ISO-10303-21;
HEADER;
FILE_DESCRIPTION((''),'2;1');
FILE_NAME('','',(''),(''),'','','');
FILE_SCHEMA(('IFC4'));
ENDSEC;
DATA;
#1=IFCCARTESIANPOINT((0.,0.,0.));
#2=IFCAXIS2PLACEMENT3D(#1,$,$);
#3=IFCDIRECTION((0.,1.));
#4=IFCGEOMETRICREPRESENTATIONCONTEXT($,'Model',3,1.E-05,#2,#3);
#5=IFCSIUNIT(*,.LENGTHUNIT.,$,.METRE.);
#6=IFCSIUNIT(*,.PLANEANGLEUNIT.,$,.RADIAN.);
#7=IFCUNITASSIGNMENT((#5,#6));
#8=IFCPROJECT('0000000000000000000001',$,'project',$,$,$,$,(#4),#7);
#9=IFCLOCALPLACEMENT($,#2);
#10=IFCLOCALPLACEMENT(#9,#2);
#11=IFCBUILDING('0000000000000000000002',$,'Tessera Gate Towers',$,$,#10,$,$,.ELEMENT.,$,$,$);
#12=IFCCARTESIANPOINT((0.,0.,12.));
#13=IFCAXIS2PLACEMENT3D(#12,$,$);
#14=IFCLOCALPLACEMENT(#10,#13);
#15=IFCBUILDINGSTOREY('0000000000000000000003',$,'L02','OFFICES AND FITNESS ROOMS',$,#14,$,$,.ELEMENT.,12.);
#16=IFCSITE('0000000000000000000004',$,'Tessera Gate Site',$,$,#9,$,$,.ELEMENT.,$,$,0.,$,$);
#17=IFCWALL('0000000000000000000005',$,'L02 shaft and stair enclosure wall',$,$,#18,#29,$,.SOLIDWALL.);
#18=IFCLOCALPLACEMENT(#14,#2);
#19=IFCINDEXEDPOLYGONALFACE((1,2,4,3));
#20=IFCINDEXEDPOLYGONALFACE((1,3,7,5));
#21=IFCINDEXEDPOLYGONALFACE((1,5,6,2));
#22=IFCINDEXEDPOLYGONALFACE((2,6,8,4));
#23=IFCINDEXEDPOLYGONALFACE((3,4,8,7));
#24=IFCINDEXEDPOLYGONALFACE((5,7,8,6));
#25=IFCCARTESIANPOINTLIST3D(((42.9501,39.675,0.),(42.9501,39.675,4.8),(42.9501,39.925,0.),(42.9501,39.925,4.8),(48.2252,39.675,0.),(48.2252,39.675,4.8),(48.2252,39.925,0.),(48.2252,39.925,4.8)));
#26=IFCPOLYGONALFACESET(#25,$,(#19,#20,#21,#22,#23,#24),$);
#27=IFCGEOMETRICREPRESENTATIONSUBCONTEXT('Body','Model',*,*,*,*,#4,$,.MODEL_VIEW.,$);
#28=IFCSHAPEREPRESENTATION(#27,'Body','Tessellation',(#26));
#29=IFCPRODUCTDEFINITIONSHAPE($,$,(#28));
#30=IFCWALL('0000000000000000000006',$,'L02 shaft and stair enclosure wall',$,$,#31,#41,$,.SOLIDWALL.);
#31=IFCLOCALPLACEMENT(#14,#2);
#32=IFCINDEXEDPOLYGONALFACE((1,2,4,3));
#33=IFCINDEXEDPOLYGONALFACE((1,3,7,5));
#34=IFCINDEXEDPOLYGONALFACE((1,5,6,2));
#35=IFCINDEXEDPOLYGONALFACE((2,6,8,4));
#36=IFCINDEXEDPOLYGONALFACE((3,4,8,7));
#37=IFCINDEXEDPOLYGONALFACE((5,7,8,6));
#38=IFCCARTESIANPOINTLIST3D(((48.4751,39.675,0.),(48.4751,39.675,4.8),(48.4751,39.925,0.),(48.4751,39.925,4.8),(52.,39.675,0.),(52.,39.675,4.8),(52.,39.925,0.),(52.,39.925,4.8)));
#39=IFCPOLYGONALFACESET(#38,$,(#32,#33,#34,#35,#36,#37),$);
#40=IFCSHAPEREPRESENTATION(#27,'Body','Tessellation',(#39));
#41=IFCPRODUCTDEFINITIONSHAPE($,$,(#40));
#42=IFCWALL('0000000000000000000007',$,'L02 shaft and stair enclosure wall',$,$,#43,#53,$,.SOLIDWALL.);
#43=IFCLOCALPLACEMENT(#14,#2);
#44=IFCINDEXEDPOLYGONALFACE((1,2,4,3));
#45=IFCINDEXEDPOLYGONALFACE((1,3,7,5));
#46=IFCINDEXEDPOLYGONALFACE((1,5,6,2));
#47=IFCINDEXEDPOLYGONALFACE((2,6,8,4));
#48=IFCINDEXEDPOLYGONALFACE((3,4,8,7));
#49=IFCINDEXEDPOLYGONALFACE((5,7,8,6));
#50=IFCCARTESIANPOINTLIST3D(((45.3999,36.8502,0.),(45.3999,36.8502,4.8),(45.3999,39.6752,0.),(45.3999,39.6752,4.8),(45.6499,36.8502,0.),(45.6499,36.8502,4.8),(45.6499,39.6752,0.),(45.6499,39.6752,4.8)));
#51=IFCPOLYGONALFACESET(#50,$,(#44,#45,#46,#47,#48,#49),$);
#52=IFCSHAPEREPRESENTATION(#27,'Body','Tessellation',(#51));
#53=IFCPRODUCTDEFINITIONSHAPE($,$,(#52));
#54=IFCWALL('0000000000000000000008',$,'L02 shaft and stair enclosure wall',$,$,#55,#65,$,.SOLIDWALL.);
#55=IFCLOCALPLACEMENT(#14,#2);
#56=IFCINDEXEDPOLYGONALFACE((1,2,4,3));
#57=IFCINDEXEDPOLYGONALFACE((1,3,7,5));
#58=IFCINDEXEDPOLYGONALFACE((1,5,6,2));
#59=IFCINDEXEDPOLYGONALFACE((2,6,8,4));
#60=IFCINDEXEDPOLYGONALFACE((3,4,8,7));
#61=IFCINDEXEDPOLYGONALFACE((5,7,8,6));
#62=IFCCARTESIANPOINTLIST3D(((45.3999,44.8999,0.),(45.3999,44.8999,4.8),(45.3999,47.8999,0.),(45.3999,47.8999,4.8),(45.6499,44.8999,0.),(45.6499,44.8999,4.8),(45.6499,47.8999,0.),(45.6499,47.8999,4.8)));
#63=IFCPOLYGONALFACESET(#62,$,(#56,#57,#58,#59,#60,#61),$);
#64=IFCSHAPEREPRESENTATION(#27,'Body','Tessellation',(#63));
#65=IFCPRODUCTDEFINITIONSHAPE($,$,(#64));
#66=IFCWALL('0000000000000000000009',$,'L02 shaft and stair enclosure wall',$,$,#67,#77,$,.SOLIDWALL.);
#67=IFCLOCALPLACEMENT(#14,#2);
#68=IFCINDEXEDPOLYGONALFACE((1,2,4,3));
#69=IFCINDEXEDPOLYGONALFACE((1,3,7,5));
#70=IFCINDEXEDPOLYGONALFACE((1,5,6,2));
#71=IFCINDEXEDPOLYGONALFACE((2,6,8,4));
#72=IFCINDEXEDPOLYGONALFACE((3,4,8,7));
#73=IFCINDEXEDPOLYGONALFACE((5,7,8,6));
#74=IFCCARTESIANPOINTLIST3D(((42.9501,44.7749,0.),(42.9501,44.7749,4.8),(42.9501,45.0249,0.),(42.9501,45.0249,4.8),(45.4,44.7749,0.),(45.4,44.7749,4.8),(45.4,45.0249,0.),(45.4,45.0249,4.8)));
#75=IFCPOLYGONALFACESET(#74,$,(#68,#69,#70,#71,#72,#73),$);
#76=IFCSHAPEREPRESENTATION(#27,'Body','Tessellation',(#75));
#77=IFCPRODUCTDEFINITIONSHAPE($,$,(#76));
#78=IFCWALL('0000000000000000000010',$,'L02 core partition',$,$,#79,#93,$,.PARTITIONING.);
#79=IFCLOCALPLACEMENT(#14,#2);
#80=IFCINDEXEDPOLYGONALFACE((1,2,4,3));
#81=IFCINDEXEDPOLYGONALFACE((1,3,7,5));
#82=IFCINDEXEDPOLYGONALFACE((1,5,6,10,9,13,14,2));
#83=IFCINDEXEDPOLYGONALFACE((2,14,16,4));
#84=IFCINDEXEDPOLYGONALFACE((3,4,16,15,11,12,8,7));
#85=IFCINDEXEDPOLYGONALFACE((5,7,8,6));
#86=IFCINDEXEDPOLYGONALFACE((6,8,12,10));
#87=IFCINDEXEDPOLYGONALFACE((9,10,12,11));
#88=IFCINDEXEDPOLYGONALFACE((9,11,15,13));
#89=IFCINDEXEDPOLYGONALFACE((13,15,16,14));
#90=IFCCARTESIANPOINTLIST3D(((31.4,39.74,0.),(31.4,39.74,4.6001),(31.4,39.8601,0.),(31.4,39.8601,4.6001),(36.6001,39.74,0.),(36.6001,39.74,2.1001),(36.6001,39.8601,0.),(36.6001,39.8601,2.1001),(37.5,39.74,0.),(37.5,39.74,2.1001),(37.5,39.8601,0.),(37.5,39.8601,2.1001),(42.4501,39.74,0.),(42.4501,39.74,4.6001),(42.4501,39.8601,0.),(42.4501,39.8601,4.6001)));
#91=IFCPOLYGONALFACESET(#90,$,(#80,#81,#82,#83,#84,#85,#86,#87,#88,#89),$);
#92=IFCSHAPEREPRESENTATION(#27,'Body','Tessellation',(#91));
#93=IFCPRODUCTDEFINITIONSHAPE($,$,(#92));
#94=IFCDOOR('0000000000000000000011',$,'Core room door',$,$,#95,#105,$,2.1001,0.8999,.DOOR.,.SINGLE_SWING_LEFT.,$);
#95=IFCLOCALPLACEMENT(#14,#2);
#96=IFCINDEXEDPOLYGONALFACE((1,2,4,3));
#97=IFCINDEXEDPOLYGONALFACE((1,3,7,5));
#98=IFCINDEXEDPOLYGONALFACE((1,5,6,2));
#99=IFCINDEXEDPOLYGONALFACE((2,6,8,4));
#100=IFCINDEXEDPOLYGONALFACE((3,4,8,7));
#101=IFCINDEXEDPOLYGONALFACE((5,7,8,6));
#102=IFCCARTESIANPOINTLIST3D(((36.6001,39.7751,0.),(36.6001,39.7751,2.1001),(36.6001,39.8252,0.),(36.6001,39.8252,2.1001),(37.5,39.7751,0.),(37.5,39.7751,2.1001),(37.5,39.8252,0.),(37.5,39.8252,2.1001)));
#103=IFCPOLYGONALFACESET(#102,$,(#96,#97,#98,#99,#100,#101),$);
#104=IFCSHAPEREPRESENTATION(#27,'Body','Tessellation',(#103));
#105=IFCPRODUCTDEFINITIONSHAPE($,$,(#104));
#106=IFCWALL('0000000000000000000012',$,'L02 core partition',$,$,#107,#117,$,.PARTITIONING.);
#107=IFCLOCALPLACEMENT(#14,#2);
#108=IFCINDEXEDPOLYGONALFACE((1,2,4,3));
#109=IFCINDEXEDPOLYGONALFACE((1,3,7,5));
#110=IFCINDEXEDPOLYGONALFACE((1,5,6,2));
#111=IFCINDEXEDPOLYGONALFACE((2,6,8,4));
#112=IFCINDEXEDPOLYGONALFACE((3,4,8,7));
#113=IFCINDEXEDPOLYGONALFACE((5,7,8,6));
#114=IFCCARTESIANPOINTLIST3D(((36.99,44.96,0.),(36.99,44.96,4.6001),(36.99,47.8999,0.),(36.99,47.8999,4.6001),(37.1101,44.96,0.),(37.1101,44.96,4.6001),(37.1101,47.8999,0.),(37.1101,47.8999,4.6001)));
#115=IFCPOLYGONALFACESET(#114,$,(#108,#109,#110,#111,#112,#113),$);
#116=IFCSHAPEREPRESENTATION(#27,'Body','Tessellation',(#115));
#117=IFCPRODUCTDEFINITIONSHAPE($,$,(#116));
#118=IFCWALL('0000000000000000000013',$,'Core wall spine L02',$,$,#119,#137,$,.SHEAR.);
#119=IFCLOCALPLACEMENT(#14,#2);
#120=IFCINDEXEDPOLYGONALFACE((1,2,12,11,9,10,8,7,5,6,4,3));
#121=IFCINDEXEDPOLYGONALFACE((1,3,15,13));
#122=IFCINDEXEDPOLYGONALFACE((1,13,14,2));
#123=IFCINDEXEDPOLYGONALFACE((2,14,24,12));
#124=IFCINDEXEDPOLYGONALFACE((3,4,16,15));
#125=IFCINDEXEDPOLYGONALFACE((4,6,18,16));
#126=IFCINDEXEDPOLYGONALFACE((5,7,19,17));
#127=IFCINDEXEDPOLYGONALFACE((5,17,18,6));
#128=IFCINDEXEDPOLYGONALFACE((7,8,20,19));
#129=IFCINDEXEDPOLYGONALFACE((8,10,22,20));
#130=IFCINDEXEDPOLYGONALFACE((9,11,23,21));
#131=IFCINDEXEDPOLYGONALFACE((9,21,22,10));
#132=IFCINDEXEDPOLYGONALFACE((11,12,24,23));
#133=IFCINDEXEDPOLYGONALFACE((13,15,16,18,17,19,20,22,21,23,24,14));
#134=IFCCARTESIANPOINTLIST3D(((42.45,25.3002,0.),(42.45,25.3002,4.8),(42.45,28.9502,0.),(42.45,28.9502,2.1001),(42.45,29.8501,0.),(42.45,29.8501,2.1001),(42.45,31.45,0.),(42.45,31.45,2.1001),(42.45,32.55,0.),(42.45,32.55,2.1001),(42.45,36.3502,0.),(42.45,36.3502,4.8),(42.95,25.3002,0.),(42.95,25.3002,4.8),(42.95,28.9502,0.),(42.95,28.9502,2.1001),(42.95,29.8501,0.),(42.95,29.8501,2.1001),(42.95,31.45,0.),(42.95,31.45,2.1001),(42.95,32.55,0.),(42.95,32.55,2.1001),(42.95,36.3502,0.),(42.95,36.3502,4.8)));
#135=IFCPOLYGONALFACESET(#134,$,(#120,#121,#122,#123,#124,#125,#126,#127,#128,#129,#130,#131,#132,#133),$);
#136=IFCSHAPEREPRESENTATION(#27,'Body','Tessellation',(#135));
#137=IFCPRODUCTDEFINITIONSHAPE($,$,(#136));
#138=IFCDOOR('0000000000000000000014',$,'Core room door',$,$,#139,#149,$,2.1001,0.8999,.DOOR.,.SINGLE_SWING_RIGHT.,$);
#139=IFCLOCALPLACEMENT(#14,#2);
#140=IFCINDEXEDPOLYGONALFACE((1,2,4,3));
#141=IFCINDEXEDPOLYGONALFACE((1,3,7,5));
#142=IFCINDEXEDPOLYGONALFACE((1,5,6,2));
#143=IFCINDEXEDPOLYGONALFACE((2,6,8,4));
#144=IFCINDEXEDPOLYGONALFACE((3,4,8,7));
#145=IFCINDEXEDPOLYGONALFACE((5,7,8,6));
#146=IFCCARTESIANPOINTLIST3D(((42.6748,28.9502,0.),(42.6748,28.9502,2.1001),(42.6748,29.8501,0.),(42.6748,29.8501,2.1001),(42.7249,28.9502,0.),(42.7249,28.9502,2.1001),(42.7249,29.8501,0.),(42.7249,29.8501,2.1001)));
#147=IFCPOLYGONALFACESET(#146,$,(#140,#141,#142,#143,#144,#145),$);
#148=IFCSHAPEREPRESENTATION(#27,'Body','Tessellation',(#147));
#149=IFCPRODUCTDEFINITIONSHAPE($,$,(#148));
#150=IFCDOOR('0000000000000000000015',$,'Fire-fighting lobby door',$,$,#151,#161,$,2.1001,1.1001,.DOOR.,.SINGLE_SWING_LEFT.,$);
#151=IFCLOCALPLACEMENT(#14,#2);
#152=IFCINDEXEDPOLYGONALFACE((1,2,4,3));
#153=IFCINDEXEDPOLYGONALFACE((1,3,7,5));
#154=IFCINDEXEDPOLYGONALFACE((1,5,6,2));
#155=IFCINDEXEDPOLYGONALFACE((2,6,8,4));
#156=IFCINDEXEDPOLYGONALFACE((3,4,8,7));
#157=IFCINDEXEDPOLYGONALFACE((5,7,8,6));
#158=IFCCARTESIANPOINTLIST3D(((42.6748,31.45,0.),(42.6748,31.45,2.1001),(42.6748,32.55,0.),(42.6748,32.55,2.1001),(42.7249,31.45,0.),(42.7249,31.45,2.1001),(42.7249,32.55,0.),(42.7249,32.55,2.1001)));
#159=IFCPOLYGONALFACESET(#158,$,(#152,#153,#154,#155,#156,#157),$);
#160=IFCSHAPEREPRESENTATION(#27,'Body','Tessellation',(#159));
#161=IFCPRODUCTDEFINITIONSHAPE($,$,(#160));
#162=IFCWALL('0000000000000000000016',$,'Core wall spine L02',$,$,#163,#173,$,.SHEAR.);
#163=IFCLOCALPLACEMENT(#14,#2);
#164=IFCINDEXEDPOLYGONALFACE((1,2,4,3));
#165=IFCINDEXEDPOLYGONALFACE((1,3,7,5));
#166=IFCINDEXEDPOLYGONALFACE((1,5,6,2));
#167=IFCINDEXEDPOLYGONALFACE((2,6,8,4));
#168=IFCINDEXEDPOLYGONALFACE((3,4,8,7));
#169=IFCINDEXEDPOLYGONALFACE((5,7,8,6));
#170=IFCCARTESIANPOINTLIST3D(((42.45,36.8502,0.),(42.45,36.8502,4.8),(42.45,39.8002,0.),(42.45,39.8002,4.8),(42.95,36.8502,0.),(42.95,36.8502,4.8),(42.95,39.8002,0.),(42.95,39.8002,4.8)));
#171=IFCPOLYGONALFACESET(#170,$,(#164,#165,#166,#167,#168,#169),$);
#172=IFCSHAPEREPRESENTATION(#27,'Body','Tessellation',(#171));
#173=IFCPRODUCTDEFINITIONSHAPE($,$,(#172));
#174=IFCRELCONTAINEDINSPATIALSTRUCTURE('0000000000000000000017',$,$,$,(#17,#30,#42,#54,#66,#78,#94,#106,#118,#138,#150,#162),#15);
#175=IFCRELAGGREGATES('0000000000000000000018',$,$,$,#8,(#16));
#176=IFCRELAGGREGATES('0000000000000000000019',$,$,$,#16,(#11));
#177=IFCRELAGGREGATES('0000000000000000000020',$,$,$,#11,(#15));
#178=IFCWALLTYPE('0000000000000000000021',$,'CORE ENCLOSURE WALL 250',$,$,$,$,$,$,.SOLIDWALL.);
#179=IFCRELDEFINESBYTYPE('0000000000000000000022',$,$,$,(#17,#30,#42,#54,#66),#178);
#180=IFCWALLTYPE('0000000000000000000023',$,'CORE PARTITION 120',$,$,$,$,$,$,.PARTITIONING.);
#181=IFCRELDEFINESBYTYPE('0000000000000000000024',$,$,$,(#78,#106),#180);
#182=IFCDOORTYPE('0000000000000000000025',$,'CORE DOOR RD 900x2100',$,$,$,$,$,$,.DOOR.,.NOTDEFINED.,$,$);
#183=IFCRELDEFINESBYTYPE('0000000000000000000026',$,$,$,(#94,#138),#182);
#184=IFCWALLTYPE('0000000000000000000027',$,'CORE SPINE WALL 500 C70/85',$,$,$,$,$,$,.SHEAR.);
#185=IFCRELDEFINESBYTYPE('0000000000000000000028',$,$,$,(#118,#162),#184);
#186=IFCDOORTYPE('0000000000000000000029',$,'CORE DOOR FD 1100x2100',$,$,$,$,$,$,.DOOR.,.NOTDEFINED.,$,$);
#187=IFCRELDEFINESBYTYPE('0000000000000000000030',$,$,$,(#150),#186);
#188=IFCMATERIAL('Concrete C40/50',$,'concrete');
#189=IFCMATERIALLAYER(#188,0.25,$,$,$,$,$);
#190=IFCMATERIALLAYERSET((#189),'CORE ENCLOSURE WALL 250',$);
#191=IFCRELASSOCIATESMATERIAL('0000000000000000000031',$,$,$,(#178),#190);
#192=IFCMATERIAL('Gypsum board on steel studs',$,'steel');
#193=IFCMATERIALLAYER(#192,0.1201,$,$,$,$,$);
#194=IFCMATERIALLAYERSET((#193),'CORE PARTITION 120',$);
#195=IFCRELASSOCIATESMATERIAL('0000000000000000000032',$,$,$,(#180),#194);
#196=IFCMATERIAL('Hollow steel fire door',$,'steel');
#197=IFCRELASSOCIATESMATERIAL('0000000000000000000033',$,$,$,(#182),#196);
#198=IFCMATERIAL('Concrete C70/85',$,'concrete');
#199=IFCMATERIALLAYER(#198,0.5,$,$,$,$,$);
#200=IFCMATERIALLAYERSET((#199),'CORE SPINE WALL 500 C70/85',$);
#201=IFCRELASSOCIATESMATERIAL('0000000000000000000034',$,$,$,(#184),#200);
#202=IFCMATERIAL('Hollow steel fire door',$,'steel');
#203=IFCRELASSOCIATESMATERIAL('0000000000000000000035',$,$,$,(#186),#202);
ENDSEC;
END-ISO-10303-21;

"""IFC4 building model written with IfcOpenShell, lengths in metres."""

from ifc_helpers import new_model, si_unit, direction, frame, frame_2d, origin, place, context, subcontext, project, spatial, rectangle, extrude, source, transform, mapped, material, layer, layer_set, type_object, element, fill, save


model = new_model("IFC4")

# Units and contexts
model_context = context("Model", 3, precision=1e-05, world=origin(), true_north=direction((0.0, 1.0)))
body_context = subcontext(model_context, "Body", "Model", "MODEL_VIEW")
ifc_project = project(units=[si_unit("LENGTHUNIT", "METRE"), si_unit("PLANEANGLEUNIT", "RADIAN")], contexts=[model_context])

# Site, building, storey
site_placement = place(None, origin())
site = spatial("IfcSite", under=ifc_project, at=site_placement, Name="Tessera Gate Site", CompositionType="ELEMENT", RefElevation=0.0)
building_placement = place(site_placement, origin())
building = spatial("IfcBuilding", under=site, at=building_placement, Name="Tessera Gate Towers", CompositionType="ELEMENT")
storey_placement = place(building_placement, frame((0.0, 0.0, 12.0)))
storey = spatial("IfcBuildingStorey", under=building, at=storey_placement, Name="L02", Description="OFFICES AND FITNESS ROOMS", CompositionType="ELEMENT", Elevation=12.0)

# Shared definitions
ifc_material_1 = material(Name="Concrete C40/50", Category="concrete")
ifc_layer_1 = layer(ifc_material_1, 0.25)
ifc_layer_set_1 = layer_set([ifc_layer_1], Name="CORE ENCLOSURE WALL 250")
wall_type_1 = type_object("IfcWallType", Name="CORE ENCLOSURE WALL 250", PredefinedType="SOLIDWALL", material=ifc_layer_set_1)

# Walls
wall_1_placement = place(storey_placement, frame((42.95, 39.8, 0.0), z_axis=(0.0, 0.0, 1.0), x_axis=(1.0, 0.0, 0.0)))
element("IfcWall", 1, at=wall_1_placement, inside=storey, type_object=wall_type_1, Name="L02 shaft and stair enclosure wall", PredefinedType="SOLIDWALL", context=body_context, shape_type="SweptSolid", body=[
    extrude(rectangle(XDim=5.2751, YDim=0.25, at=frame_2d((2.6377, 0.0))), origin(), (0.0, 0.0, 1.0), 4.8),
])
wall_2_placement = place(storey_placement, frame((48.4751, 39.8, 0.0), z_axis=(0.0, 0.0, 1.0), x_axis=(1.0, 0.0, 0.0)))
element("IfcWall", 2, at=wall_2_placement, inside=storey, type_object=wall_type_1, Name="L02 shaft and stair enclosure wall", PredefinedType="SOLIDWALL", context=body_context, shape_type="SweptSolid", body=[
    extrude(rectangle(XDim=3.5249, YDim=0.25, at=frame_2d((1.7625, 0.0))), origin(), (0.0, 0.0, 1.0), 4.8),
])
wall_3_placement = place(storey_placement, frame((45.5249, 36.8501, 0.0), z_axis=(0.0, 0.0, 1.0), x_axis=(0.0, 1.0, 0.0)))
element("IfcWall", 3, at=wall_3_placement, inside=storey, type_object=wall_type_1, Name="L02 shaft and stair enclosure wall", PredefinedType="SOLIDWALL", context=body_context, shape_type="SweptSolid", body=[
    extrude(rectangle(XDim=2.825, YDim=0.25, at=frame_2d((1.4126, 0.0))), origin(), (0.0, 0.0, 1.0), 4.8),
])
wall_4_placement = place(storey_placement, frame((45.5249, 44.8999, 0.0), z_axis=(0.0, 0.0, 1.0), x_axis=(0.0, 1.0, 0.0)))
element("IfcWall", 4, at=wall_4_placement, inside=storey, type_object=wall_type_1, Name="L02 shaft and stair enclosure wall", PredefinedType="SOLIDWALL", context=body_context, shape_type="SweptSolid", body=[
    extrude(rectangle(XDim=3.0, YDim=0.25, at=frame_2d((1.5, 0.0))), origin(), (0.0, 0.0, 1.0), 4.8),
])
wall_5_placement = place(storey_placement, frame((42.95, 44.8999, 0.0), z_axis=(0.0, 0.0, 1.0), x_axis=(1.0, 0.0, 0.0)))
element("IfcWall", 5, at=wall_5_placement, inside=storey, type_object=wall_type_1, Name="L02 shaft and stair enclosure wall", PredefinedType="SOLIDWALL", context=body_context, shape_type="SweptSolid", body=[
    extrude(rectangle(XDim=2.45, YDim=0.25, at=frame_2d((1.2251, 0.0))), origin(), (0.0, 0.0, 1.0), 4.8),
])

# Wall, opening, door
ifc_material_2 = material(Name="Gypsum board on steel studs", Category="steel")
ifc_layer_2 = layer(ifc_material_2, 0.1201)
ifc_layer_set_2 = layer_set([ifc_layer_2], Name="CORE PARTITION 120")
wall_type_2 = type_object("IfcWallType", Name="CORE PARTITION 120", PredefinedType="PARTITIONING", material=ifc_layer_set_2)
wall_6_placement = place(storey_placement, frame((42.45, 39.8, 0.0), z_axis=(0.0, 0.0, 1.0), x_axis=(-1.0, 0.0, 0.0)))
wall_6 = element("IfcWall", 6, at=wall_6_placement, inside=storey, type_object=wall_type_2, Name="L02 core partition", PredefinedType="PARTITIONING", context=body_context, shape_type="SweptSolid", body=[
    extrude(rectangle(XDim=11.05, YDim=0.1201, at=frame_2d((5.5249, 0.0))), origin(), (0.0, 0.0, 1.0), 4.6001),
])
shared_shape_1 = source(origin(), body_context, "Body", "SweptSolid", [
    extrude(rectangle(XDim=0.8999, YDim=2.1001, at=frame_2d((0.45, 1.05))), frame((0.0, 0.0701, 0.0), z_axis=(0.0, -1.0, 0.0), x_axis=(1.0, 0.0, 0.0)), (0.0, 0.0, 1.0), 0.1401),
])
opening_1_placement = place(wall_6_placement, frame((4.95, 0.0, 0.0)))
opening_1 = element("IfcOpeningElement", 7, at=opening_1_placement, cuts=wall_6, PredefinedType="OPENING", context=body_context, shape_type="MappedRepresentation", body=[
    mapped(shared_shape_1, transform((0.0, 0.0, 0.0), scale=1.0)),
])
ifc_material_3 = material(Name="Hollow steel fire door", Category="steel")
door_type_1 = type_object("IfcDoorType", Name="CORE DOOR RD 900x2100", OperationType="NOTDEFINED", PredefinedType="DOOR", material=ifc_material_3)
shared_shape_2 = source(origin(), body_context, "Body", "SweptSolid", [
    extrude(rectangle(XDim=0.8999, YDim=2.1001, at=frame_2d((0.45, 1.05))), frame((0.0, 0.0249, 0.0), z_axis=(0.0, -1.0, 0.0), x_axis=(1.0, 0.0, 0.0)), (0.0, 0.0, 1.0), 0.05),
])
door_1_placement = place(opening_1_placement, origin())
door_1 = element("IfcDoor", 8, at=door_1_placement, inside=storey, type_object=door_type_1, Name="Core room door", OperationType="SINGLE_SWING_LEFT", OverallHeight=2.1001, OverallWidth=0.8999, PredefinedType="DOOR", context=body_context, shape_type="MappedRepresentation", body=[
    mapped(shared_shape_2, transform((0.0, 0.0, 0.0), scale=1.0)),
])
fill(opening_1, door_1)

# Wall
wall_7_placement = place(storey_placement, frame((37.05, 44.96, 0.0), z_axis=(0.0, 0.0, 1.0), x_axis=(0.0, 1.0, 0.0)))
element("IfcWall", 9, at=wall_7_placement, inside=storey, type_object=wall_type_2, Name="L02 core partition", PredefinedType="PARTITIONING", context=body_context, shape_type="SweptSolid", body=[
    extrude(rectangle(XDim=2.9399, YDim=0.1201, at=frame_2d((1.47, 0.0))), origin(), (0.0, 0.0, 1.0), 4.6001),
])

# Wall, openings, doors
ifc_material_4 = material(Name="Concrete C70/85", Category="concrete")
ifc_layer_3 = layer(ifc_material_4, 0.5)
ifc_layer_set_3 = layer_set([ifc_layer_3], Name="CORE SPINE WALL 500 C70/85")
wall_type_3 = type_object("IfcWallType", Name="CORE SPINE WALL 500 C70/85", PredefinedType="SHEAR", material=ifc_layer_set_3)
wall_8_placement = place(storey_placement, frame((42.7, 36.3501, 0.0), z_axis=(0.0, 0.0, 1.0), x_axis=(0.0, -1.0, 0.0)))
wall_8 = element("IfcWall", 10, at=wall_8_placement, inside=storey, type_object=wall_type_3, Name="Core wall spine L02", PredefinedType="SHEAR", context=body_context, shape_type="SweptSolid", body=[
    extrude(rectangle(XDim=11.05, YDim=0.5, at=frame_2d((5.5249, 0.0))), origin(), (0.0, 0.0, 1.0), 4.8),
])
shared_shape_3 = source(origin(), body_context, "Body", "SweptSolid", [
    extrude(rectangle(XDim=0.8999, YDim=2.1001, at=frame_2d((0.45, 1.05))), frame((0.0, 0.26, 0.0), z_axis=(0.0, -1.0, 0.0), x_axis=(1.0, 0.0, 0.0)), (0.0, 0.0, 1.0), 0.52),
])
opening_2_placement = place(wall_8_placement, frame((6.5, 0.0, 0.0)))
opening_2 = element("IfcOpeningElement", 11, at=opening_2_placement, cuts=wall_8, PredefinedType="OPENING", context=body_context, shape_type="MappedRepresentation", body=[
    mapped(shared_shape_3, transform((0.0, 0.0, 0.0), scale=1.0)),
])
shared_shape_4 = source(origin(), body_context, "Body", "SweptSolid", [
    extrude(rectangle(XDim=1.1001, YDim=2.1001, at=frame_2d((0.55, 1.05))), frame((0.0, 0.26, 0.0), z_axis=(0.0, -1.0, 0.0), x_axis=(1.0, 0.0, 0.0)), (0.0, 0.0, 1.0), 0.52),
])
opening_3_placement = place(wall_8_placement, frame((3.8, 0.0, 0.0)))
opening_3 = element("IfcOpeningElement", 12, at=opening_3_placement, cuts=wall_8, PredefinedType="OPENING", context=body_context, shape_type="MappedRepresentation", body=[
    mapped(shared_shape_4, transform((0.0, 0.0, 0.0), scale=1.0)),
])
door_2_placement = place(opening_2_placement, origin())
door_2 = element("IfcDoor", 13, at=door_2_placement, inside=storey, type_object=door_type_1, Name="Core room door", OperationType="SINGLE_SWING_RIGHT", OverallHeight=2.1001, OverallWidth=0.8999, PredefinedType="DOOR", context=body_context, shape_type="MappedRepresentation", body=[
    mapped(shared_shape_2, transform((0.0, 0.0, 0.0), scale=1.0)),
])
fill(opening_2, door_2)
ifc_material_5 = material(Name="Hollow steel fire door", Category="steel")
door_type_2 = type_object("IfcDoorType", Name="CORE DOOR FD 1100x2100", OperationType="NOTDEFINED", PredefinedType="DOOR", material=ifc_material_5)
shared_shape_5 = source(origin(), body_context, "Body", "SweptSolid", [
    extrude(rectangle(XDim=1.1001, YDim=2.1001, at=frame_2d((0.55, 1.05))), frame((0.0, 0.0249, 0.0), z_axis=(0.0, -1.0, 0.0), x_axis=(1.0, 0.0, 0.0)), (0.0, 0.0, 1.0), 0.05),
])
door_3_placement = place(opening_3_placement, origin())
door_3 = element("IfcDoor", 14, at=door_3_placement, inside=storey, type_object=door_type_2, Name="Fire-fighting lobby door", OperationType="SINGLE_SWING_LEFT", OverallHeight=2.1001, OverallWidth=1.1001, PredefinedType="DOOR", context=body_context, shape_type="MappedRepresentation", body=[
    mapped(shared_shape_5, transform((0.0, 0.0, 0.0), scale=1.0)),
])
fill(opening_3, door_3)

# Wall
wall_9_placement = place(storey_placement, frame((42.7, 36.8501, 0.0), z_axis=(0.0, 0.0, 1.0), x_axis=(0.0, 1.0, 0.0)))
element("IfcWall", 15, at=wall_9_placement, inside=storey, type_object=wall_type_3, Name="Core wall spine L02", PredefinedType="SHEAR", context=body_context, shape_type="SweptSolid", body=[
    extrude(rectangle(XDim=2.95, YDim=0.5, at=frame_2d((1.4751, 0.0))), origin(), (0.0, 0.0, 1.0), 4.8),
])

save(model, "model.ifc")
